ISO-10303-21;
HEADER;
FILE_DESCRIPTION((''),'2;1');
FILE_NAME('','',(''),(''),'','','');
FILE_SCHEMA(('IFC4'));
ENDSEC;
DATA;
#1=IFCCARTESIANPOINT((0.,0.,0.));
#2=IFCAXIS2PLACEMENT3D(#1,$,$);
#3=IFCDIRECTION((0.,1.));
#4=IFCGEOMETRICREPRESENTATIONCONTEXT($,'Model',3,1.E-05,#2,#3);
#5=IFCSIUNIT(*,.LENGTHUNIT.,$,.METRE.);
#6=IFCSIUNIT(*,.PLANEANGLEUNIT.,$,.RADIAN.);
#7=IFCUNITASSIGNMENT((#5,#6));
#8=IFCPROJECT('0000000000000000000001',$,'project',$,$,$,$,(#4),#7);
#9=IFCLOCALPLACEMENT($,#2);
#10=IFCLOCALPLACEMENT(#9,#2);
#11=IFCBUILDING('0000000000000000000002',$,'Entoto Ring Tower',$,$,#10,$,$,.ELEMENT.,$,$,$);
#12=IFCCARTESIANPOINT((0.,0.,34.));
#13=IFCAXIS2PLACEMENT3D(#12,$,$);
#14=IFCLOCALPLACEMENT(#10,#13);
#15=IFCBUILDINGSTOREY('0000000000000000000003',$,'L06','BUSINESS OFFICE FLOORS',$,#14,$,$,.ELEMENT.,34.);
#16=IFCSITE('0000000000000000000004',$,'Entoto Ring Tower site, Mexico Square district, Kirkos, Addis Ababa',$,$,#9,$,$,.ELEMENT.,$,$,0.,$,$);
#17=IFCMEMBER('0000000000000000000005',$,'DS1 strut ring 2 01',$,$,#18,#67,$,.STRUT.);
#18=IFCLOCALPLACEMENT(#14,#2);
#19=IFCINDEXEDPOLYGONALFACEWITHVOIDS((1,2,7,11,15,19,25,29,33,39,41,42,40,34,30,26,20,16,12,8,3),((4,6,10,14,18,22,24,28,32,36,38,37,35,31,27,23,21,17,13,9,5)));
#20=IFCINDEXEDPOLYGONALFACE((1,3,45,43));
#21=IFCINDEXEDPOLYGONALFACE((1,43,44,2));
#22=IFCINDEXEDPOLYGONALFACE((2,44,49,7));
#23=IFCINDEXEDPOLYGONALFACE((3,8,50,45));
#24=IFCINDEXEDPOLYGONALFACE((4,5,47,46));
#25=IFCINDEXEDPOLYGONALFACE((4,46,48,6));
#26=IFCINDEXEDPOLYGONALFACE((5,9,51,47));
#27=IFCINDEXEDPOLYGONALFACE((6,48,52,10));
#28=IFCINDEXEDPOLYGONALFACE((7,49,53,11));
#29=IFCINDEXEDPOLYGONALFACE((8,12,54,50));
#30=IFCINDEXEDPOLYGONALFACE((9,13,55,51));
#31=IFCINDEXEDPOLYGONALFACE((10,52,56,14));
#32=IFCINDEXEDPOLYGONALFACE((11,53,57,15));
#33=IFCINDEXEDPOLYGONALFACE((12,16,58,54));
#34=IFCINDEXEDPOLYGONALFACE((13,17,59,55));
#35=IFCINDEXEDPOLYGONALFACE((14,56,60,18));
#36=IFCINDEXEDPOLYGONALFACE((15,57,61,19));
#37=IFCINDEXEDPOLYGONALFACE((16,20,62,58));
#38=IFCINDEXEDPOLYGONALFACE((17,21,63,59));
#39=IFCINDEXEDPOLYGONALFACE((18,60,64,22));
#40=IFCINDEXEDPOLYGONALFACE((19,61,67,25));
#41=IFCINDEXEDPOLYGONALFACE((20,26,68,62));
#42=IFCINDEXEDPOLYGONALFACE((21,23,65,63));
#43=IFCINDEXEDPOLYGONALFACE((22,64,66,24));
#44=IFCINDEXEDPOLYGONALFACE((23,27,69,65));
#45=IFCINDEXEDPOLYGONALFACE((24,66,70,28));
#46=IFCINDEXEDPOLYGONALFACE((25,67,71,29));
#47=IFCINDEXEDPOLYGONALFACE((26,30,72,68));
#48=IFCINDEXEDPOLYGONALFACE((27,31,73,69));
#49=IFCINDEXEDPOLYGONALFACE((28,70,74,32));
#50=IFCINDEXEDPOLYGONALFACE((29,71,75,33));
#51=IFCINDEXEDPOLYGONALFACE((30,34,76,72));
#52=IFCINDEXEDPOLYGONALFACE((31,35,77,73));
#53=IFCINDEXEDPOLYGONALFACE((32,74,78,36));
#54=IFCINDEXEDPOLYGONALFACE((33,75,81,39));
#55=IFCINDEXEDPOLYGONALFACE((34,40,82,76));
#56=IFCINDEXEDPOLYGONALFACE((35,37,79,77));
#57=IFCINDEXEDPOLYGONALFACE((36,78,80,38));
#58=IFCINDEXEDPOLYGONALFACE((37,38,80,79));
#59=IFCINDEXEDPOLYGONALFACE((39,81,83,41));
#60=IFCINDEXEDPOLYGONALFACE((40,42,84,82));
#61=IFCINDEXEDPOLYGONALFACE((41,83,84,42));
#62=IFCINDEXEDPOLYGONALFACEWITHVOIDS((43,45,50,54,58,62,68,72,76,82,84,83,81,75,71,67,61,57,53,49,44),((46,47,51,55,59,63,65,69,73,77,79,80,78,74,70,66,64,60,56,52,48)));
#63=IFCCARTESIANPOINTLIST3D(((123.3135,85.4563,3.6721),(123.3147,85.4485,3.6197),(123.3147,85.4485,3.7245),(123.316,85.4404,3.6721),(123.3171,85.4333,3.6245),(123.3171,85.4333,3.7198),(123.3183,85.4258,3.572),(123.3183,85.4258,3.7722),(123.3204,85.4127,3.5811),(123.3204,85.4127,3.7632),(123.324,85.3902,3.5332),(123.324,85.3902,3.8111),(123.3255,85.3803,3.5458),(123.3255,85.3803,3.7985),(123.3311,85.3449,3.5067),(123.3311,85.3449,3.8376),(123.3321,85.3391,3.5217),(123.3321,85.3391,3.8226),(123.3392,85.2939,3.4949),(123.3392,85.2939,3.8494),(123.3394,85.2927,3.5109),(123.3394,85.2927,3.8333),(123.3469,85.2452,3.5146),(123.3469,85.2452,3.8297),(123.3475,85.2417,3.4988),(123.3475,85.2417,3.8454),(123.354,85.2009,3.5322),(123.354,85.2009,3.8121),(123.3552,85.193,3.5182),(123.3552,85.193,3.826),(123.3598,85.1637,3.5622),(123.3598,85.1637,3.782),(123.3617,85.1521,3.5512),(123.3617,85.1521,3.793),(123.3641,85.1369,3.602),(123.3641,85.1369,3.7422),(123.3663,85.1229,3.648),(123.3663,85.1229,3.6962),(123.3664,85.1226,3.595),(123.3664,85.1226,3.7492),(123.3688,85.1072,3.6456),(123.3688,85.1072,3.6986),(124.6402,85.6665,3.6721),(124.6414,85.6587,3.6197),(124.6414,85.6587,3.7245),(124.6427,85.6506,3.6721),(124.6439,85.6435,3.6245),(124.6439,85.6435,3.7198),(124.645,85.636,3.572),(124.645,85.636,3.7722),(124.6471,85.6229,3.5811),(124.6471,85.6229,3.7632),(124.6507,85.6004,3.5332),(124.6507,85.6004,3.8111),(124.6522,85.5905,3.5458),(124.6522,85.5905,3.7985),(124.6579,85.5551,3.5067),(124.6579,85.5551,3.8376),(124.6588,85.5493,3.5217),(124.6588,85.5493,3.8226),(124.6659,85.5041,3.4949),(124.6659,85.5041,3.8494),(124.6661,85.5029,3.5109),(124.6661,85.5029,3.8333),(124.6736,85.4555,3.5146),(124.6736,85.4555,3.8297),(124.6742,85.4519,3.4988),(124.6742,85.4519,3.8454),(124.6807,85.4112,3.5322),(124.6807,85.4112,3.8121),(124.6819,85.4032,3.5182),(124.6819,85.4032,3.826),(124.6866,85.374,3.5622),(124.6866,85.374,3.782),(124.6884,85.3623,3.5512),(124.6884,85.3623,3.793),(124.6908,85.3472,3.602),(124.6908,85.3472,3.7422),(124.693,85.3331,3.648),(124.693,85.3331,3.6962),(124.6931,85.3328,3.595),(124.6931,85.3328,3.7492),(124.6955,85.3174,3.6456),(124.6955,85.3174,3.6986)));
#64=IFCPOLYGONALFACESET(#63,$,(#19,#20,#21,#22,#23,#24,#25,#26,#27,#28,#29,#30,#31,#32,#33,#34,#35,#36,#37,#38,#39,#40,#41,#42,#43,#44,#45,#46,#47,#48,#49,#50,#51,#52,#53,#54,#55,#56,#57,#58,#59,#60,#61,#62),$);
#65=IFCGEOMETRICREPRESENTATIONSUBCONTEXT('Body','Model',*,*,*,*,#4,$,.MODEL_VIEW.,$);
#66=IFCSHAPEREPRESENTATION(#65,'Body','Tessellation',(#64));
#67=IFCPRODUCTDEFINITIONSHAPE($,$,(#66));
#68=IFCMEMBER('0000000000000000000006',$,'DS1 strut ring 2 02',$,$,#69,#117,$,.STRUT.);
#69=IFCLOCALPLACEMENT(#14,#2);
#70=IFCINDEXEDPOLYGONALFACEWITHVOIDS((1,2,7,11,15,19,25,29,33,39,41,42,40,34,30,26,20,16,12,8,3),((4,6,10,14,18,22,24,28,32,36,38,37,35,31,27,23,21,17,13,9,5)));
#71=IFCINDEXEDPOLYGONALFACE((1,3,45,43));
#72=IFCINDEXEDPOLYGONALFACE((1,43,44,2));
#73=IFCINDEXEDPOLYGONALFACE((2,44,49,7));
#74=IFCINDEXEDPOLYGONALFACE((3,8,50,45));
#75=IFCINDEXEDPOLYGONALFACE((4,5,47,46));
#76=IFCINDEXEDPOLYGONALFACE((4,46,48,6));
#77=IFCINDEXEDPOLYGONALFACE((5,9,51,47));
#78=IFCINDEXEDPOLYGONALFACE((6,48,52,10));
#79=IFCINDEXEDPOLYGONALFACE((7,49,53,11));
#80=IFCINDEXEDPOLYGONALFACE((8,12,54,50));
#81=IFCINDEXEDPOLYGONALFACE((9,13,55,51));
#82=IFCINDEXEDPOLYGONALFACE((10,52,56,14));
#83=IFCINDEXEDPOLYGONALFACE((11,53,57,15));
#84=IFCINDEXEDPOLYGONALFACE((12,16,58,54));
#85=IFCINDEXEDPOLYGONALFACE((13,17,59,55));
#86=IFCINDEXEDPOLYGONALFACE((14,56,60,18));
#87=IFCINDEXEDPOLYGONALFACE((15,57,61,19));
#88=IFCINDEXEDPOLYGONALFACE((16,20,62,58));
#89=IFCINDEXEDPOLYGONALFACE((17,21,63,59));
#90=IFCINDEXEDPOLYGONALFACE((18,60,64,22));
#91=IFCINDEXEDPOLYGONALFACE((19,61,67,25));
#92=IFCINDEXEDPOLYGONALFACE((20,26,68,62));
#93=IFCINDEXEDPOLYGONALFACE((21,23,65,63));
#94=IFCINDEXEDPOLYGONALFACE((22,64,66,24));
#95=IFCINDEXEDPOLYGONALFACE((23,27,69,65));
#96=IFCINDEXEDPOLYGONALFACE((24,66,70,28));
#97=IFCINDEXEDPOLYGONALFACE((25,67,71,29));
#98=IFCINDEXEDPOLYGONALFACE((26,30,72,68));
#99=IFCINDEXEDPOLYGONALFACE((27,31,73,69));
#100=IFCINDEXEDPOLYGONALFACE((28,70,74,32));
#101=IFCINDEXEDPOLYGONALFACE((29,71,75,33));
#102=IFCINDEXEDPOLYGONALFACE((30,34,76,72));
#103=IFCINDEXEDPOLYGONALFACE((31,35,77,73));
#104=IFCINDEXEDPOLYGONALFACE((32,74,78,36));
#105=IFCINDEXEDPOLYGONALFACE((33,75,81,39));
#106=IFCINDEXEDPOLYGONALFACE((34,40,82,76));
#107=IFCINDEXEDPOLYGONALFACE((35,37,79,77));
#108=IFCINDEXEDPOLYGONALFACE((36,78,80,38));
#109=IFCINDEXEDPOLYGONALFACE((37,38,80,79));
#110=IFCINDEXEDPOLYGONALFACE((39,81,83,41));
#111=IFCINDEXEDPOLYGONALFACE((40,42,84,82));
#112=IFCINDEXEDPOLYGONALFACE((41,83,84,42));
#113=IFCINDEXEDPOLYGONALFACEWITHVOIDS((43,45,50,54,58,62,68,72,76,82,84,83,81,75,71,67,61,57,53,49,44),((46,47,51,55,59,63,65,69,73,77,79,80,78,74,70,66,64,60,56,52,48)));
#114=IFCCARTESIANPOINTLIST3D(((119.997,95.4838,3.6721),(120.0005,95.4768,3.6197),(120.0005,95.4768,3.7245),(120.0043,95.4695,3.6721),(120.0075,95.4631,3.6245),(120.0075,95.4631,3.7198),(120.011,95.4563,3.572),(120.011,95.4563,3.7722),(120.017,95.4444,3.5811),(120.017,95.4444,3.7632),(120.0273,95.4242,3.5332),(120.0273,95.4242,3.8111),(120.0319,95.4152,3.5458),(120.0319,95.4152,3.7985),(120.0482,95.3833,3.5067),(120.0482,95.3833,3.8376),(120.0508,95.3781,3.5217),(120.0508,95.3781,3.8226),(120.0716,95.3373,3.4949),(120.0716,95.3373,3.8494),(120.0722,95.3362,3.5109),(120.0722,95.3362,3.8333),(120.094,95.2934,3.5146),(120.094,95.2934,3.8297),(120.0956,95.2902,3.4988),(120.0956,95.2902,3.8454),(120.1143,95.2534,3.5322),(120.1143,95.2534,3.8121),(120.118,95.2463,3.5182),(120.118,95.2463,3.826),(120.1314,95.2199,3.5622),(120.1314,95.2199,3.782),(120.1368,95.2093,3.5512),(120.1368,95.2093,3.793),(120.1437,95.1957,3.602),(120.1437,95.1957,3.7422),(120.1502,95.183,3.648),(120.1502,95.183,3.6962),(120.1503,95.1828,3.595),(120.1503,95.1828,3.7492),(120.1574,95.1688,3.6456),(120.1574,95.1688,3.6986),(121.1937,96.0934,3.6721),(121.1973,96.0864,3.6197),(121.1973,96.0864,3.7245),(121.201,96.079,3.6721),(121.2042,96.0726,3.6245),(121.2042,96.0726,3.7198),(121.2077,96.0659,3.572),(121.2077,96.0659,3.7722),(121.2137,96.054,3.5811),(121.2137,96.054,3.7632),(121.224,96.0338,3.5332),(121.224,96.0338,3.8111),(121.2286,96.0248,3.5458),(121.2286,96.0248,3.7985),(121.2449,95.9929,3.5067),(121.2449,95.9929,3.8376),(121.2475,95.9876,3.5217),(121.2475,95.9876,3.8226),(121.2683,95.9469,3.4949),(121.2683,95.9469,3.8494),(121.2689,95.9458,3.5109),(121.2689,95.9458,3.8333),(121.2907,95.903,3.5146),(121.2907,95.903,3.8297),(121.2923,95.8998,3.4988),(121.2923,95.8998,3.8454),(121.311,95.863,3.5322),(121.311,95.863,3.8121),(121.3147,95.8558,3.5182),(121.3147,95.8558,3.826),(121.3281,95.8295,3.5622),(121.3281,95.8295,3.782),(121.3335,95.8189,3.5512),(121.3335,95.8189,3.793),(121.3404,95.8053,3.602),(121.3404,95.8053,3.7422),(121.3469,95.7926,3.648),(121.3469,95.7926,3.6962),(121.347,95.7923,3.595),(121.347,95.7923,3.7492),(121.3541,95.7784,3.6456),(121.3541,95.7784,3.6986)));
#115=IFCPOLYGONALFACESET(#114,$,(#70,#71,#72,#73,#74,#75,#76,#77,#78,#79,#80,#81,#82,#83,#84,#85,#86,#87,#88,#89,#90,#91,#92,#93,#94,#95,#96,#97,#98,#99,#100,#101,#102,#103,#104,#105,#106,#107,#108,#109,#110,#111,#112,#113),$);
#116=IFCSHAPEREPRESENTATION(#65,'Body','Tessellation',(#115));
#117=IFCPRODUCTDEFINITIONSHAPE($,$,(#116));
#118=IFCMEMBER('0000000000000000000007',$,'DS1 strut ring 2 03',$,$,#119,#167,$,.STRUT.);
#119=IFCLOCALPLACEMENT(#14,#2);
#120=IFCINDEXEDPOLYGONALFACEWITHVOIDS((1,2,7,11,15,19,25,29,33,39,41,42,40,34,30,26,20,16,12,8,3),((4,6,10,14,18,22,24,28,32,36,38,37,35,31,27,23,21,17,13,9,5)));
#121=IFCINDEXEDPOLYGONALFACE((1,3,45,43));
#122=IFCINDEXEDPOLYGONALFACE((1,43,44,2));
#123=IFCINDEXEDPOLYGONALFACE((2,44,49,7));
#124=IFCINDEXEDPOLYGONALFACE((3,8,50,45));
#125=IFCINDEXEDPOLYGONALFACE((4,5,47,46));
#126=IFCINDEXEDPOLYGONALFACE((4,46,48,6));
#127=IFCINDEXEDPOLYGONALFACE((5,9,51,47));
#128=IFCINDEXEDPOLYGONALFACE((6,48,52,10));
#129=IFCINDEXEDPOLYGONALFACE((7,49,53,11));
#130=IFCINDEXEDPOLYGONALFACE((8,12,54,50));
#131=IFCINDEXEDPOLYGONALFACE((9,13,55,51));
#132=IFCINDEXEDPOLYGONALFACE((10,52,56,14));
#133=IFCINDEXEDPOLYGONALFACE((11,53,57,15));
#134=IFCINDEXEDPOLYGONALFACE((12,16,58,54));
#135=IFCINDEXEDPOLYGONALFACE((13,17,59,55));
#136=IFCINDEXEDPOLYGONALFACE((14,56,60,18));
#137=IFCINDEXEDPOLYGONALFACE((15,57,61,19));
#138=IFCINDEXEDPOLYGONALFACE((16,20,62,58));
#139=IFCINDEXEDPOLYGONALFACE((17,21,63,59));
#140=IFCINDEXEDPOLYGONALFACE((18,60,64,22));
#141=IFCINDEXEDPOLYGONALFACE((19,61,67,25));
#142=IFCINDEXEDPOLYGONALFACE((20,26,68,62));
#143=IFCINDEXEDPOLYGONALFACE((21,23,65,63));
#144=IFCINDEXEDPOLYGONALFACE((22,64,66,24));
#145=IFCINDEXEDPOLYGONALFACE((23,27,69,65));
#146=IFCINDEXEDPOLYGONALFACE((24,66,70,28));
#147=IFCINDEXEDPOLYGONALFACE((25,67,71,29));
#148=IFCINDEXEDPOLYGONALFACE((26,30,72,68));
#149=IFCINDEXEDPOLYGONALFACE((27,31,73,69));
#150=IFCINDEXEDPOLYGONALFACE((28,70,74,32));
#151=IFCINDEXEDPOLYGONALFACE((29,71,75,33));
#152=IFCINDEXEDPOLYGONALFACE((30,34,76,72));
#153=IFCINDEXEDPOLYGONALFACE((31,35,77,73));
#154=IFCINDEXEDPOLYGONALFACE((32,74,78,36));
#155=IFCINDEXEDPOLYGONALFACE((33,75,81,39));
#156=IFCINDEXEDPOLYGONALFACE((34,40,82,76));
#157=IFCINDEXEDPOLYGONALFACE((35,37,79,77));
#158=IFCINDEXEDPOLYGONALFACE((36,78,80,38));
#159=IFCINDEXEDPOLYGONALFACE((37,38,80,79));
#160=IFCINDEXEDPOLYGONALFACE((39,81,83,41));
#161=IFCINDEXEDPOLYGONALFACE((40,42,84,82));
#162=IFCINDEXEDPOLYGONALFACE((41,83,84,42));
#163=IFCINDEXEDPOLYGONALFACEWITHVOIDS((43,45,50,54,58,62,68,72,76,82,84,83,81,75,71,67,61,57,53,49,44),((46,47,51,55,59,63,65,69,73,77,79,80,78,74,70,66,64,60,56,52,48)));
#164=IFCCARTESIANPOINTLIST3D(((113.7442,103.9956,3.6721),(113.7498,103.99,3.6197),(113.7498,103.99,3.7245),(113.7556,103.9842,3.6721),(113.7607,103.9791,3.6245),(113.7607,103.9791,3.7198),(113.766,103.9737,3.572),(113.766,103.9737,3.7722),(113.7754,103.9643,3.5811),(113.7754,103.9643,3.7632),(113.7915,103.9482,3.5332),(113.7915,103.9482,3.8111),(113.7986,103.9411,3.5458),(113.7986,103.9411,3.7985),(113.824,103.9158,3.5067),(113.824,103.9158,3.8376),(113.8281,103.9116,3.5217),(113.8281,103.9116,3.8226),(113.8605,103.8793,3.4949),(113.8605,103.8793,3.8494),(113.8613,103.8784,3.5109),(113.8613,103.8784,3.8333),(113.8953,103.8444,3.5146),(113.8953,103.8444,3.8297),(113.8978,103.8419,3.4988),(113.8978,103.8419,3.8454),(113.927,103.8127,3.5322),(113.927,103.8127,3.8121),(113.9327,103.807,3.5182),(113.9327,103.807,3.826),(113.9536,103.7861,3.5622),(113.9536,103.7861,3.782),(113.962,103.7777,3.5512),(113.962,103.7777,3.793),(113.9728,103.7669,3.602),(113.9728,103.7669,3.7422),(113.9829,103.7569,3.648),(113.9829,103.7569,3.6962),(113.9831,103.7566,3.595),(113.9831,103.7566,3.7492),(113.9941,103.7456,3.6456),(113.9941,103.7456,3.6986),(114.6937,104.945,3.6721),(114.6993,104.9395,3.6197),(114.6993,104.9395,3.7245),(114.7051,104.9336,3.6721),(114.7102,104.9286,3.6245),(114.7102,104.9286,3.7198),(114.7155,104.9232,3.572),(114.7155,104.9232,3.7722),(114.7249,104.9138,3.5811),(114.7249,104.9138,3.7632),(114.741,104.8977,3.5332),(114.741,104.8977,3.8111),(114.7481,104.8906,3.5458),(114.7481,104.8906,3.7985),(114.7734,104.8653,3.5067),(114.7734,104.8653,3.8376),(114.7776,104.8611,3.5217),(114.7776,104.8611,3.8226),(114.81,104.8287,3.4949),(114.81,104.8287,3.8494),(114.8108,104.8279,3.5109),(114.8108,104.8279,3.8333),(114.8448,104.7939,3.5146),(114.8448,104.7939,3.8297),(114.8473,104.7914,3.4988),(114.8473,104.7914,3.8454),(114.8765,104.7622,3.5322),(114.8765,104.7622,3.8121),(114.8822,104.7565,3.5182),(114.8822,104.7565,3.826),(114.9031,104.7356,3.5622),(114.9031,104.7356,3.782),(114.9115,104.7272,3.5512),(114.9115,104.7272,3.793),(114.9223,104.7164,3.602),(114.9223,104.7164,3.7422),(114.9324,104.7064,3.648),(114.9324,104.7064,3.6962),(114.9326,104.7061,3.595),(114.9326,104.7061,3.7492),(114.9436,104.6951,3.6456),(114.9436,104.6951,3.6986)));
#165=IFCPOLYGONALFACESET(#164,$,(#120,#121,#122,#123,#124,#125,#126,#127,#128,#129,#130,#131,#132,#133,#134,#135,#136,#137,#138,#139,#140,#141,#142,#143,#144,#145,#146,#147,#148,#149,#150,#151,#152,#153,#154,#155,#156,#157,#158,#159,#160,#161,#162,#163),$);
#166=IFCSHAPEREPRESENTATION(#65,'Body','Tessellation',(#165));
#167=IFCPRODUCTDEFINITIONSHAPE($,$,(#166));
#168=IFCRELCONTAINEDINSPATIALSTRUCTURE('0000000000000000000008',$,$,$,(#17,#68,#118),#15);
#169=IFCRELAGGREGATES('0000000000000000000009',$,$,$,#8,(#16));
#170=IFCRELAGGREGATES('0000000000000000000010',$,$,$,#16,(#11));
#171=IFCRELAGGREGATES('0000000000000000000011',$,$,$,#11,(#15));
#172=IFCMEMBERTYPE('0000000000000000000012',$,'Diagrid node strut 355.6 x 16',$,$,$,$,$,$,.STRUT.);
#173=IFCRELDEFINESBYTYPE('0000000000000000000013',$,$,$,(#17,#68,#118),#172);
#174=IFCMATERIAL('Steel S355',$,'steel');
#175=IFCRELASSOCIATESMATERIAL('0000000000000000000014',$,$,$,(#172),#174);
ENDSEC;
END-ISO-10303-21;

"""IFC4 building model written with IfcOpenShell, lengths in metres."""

from ifc_helpers import new_model, si_unit, direction, frame, origin, origin_2d, place, context, subcontext, project, spatial, circle, hollow_circle, extrude, material, material_profile, profile_set, type_object, element, save


model = new_model("IFC4")

# Units and contexts
model_context = context("Model", 3, precision=1e-05, world=origin(), true_north=direction((0.0, 1.0)))
body_context = subcontext(model_context, "Body", "Model", "MODEL_VIEW")
ifc_project = project(units=[si_unit("LENGTHUNIT", "METRE"), si_unit("PLANEANGLEUNIT", "RADIAN")], contexts=[model_context])

# Site, building, storey
site_placement = place(None, origin())
site = spatial("IfcSite", under=ifc_project, at=site_placement, Name="Entoto Ring Tower site, Mexico Square district, Kirkos, Addis Ababa", CompositionType="ELEMENT", RefElevation=0.0)
building_placement = place(site_placement, origin())
building = spatial("IfcBuilding", under=site, at=building_placement, Name="Entoto Ring Tower", CompositionType="ELEMENT")
storey_placement = place(building_placement, frame((0.0, 0.0, 34.0)))
storey = spatial("IfcBuildingStorey", under=building, at=storey_placement, Name="L06", Description="BUSINESS OFFICE FLOORS", CompositionType="ELEMENT", Elevation=34.0)

# Members
ifc_material_1 = material(Name="Steel S355", Category="steel")
ifc_material_profile_1 = material_profile(ifc_material_1, hollow_circle(Radius=0.1777, WallThickness=0.0161, at=origin_2d()), Name="CHS 355.6 x 16")
ifc_material_2 = material(Name="Concrete C60/75", Category="concrete")
ifc_material_profile_2 = material_profile(ifc_material_2, circle(Radius=0.1619, at=origin_2d()), Name="Concrete C60/75 infill")
ifc_profile_set_1 = profile_set([ifc_material_profile_1, ifc_material_profile_2], Name="Steel S355")
member_type = type_object("IfcMemberType", Name="Diagrid node strut 355.6 x 16", PredefinedType="STRUT", material=ifc_profile_set_1)
member_1_placement = place(storey_placement, frame((123.3413, 85.2808, 3.6721), z_axis=(0.987679, 0.156495, 0.0), x_axis=(-0.156495, 0.987679, 0.0)))
element("IfcMember", 1, at=member_1_placement, inside=storey, type_object=member_type, Name="DS1 strut ring 2 01", PredefinedType="STRUT", context=body_context, shape_type="SweptSolid", body=[
    extrude(hollow_circle(Radius=0.1777, WallThickness=0.0161, at=origin_2d()), origin(), (0.0, 0.0, 1.0), 1.3433),
])
member_2_placement = place(storey_placement, frame((120.0776, 95.3254, 3.6721), z_axis=(0.891058, 0.45389, 0.0), x_axis=(-0.45389, 0.891058, 0.0)))
element("IfcMember", 2, at=member_2_placement, inside=storey, type_object=member_type, Name="DS1 strut ring 2 02", PredefinedType="STRUT", context=body_context, shape_type="SweptSolid", body=[
    extrude(hollow_circle(Radius=0.1777, WallThickness=0.0161, at=origin_2d()), origin(), (0.0, 0.0, 1.0), 1.343),
])
member_3_placement = place(storey_placement, frame((113.8699, 103.8699, 3.6721), z_axis=(0.707107, 0.707107, 0.0), x_axis=(-0.707107, 0.707107, 0.0)))
element("IfcMember", 3, at=member_3_placement, inside=storey, type_object=member_type, Name="DS1 strut ring 2 03", PredefinedType="STRUT", context=body_context, shape_type="SweptSolid", body=[
    extrude(hollow_circle(Radius=0.1777, WallThickness=0.0161, at=origin_2d()), origin(), (0.0, 0.0, 1.0), 1.3428),
])

save(model, "model.ifc")
